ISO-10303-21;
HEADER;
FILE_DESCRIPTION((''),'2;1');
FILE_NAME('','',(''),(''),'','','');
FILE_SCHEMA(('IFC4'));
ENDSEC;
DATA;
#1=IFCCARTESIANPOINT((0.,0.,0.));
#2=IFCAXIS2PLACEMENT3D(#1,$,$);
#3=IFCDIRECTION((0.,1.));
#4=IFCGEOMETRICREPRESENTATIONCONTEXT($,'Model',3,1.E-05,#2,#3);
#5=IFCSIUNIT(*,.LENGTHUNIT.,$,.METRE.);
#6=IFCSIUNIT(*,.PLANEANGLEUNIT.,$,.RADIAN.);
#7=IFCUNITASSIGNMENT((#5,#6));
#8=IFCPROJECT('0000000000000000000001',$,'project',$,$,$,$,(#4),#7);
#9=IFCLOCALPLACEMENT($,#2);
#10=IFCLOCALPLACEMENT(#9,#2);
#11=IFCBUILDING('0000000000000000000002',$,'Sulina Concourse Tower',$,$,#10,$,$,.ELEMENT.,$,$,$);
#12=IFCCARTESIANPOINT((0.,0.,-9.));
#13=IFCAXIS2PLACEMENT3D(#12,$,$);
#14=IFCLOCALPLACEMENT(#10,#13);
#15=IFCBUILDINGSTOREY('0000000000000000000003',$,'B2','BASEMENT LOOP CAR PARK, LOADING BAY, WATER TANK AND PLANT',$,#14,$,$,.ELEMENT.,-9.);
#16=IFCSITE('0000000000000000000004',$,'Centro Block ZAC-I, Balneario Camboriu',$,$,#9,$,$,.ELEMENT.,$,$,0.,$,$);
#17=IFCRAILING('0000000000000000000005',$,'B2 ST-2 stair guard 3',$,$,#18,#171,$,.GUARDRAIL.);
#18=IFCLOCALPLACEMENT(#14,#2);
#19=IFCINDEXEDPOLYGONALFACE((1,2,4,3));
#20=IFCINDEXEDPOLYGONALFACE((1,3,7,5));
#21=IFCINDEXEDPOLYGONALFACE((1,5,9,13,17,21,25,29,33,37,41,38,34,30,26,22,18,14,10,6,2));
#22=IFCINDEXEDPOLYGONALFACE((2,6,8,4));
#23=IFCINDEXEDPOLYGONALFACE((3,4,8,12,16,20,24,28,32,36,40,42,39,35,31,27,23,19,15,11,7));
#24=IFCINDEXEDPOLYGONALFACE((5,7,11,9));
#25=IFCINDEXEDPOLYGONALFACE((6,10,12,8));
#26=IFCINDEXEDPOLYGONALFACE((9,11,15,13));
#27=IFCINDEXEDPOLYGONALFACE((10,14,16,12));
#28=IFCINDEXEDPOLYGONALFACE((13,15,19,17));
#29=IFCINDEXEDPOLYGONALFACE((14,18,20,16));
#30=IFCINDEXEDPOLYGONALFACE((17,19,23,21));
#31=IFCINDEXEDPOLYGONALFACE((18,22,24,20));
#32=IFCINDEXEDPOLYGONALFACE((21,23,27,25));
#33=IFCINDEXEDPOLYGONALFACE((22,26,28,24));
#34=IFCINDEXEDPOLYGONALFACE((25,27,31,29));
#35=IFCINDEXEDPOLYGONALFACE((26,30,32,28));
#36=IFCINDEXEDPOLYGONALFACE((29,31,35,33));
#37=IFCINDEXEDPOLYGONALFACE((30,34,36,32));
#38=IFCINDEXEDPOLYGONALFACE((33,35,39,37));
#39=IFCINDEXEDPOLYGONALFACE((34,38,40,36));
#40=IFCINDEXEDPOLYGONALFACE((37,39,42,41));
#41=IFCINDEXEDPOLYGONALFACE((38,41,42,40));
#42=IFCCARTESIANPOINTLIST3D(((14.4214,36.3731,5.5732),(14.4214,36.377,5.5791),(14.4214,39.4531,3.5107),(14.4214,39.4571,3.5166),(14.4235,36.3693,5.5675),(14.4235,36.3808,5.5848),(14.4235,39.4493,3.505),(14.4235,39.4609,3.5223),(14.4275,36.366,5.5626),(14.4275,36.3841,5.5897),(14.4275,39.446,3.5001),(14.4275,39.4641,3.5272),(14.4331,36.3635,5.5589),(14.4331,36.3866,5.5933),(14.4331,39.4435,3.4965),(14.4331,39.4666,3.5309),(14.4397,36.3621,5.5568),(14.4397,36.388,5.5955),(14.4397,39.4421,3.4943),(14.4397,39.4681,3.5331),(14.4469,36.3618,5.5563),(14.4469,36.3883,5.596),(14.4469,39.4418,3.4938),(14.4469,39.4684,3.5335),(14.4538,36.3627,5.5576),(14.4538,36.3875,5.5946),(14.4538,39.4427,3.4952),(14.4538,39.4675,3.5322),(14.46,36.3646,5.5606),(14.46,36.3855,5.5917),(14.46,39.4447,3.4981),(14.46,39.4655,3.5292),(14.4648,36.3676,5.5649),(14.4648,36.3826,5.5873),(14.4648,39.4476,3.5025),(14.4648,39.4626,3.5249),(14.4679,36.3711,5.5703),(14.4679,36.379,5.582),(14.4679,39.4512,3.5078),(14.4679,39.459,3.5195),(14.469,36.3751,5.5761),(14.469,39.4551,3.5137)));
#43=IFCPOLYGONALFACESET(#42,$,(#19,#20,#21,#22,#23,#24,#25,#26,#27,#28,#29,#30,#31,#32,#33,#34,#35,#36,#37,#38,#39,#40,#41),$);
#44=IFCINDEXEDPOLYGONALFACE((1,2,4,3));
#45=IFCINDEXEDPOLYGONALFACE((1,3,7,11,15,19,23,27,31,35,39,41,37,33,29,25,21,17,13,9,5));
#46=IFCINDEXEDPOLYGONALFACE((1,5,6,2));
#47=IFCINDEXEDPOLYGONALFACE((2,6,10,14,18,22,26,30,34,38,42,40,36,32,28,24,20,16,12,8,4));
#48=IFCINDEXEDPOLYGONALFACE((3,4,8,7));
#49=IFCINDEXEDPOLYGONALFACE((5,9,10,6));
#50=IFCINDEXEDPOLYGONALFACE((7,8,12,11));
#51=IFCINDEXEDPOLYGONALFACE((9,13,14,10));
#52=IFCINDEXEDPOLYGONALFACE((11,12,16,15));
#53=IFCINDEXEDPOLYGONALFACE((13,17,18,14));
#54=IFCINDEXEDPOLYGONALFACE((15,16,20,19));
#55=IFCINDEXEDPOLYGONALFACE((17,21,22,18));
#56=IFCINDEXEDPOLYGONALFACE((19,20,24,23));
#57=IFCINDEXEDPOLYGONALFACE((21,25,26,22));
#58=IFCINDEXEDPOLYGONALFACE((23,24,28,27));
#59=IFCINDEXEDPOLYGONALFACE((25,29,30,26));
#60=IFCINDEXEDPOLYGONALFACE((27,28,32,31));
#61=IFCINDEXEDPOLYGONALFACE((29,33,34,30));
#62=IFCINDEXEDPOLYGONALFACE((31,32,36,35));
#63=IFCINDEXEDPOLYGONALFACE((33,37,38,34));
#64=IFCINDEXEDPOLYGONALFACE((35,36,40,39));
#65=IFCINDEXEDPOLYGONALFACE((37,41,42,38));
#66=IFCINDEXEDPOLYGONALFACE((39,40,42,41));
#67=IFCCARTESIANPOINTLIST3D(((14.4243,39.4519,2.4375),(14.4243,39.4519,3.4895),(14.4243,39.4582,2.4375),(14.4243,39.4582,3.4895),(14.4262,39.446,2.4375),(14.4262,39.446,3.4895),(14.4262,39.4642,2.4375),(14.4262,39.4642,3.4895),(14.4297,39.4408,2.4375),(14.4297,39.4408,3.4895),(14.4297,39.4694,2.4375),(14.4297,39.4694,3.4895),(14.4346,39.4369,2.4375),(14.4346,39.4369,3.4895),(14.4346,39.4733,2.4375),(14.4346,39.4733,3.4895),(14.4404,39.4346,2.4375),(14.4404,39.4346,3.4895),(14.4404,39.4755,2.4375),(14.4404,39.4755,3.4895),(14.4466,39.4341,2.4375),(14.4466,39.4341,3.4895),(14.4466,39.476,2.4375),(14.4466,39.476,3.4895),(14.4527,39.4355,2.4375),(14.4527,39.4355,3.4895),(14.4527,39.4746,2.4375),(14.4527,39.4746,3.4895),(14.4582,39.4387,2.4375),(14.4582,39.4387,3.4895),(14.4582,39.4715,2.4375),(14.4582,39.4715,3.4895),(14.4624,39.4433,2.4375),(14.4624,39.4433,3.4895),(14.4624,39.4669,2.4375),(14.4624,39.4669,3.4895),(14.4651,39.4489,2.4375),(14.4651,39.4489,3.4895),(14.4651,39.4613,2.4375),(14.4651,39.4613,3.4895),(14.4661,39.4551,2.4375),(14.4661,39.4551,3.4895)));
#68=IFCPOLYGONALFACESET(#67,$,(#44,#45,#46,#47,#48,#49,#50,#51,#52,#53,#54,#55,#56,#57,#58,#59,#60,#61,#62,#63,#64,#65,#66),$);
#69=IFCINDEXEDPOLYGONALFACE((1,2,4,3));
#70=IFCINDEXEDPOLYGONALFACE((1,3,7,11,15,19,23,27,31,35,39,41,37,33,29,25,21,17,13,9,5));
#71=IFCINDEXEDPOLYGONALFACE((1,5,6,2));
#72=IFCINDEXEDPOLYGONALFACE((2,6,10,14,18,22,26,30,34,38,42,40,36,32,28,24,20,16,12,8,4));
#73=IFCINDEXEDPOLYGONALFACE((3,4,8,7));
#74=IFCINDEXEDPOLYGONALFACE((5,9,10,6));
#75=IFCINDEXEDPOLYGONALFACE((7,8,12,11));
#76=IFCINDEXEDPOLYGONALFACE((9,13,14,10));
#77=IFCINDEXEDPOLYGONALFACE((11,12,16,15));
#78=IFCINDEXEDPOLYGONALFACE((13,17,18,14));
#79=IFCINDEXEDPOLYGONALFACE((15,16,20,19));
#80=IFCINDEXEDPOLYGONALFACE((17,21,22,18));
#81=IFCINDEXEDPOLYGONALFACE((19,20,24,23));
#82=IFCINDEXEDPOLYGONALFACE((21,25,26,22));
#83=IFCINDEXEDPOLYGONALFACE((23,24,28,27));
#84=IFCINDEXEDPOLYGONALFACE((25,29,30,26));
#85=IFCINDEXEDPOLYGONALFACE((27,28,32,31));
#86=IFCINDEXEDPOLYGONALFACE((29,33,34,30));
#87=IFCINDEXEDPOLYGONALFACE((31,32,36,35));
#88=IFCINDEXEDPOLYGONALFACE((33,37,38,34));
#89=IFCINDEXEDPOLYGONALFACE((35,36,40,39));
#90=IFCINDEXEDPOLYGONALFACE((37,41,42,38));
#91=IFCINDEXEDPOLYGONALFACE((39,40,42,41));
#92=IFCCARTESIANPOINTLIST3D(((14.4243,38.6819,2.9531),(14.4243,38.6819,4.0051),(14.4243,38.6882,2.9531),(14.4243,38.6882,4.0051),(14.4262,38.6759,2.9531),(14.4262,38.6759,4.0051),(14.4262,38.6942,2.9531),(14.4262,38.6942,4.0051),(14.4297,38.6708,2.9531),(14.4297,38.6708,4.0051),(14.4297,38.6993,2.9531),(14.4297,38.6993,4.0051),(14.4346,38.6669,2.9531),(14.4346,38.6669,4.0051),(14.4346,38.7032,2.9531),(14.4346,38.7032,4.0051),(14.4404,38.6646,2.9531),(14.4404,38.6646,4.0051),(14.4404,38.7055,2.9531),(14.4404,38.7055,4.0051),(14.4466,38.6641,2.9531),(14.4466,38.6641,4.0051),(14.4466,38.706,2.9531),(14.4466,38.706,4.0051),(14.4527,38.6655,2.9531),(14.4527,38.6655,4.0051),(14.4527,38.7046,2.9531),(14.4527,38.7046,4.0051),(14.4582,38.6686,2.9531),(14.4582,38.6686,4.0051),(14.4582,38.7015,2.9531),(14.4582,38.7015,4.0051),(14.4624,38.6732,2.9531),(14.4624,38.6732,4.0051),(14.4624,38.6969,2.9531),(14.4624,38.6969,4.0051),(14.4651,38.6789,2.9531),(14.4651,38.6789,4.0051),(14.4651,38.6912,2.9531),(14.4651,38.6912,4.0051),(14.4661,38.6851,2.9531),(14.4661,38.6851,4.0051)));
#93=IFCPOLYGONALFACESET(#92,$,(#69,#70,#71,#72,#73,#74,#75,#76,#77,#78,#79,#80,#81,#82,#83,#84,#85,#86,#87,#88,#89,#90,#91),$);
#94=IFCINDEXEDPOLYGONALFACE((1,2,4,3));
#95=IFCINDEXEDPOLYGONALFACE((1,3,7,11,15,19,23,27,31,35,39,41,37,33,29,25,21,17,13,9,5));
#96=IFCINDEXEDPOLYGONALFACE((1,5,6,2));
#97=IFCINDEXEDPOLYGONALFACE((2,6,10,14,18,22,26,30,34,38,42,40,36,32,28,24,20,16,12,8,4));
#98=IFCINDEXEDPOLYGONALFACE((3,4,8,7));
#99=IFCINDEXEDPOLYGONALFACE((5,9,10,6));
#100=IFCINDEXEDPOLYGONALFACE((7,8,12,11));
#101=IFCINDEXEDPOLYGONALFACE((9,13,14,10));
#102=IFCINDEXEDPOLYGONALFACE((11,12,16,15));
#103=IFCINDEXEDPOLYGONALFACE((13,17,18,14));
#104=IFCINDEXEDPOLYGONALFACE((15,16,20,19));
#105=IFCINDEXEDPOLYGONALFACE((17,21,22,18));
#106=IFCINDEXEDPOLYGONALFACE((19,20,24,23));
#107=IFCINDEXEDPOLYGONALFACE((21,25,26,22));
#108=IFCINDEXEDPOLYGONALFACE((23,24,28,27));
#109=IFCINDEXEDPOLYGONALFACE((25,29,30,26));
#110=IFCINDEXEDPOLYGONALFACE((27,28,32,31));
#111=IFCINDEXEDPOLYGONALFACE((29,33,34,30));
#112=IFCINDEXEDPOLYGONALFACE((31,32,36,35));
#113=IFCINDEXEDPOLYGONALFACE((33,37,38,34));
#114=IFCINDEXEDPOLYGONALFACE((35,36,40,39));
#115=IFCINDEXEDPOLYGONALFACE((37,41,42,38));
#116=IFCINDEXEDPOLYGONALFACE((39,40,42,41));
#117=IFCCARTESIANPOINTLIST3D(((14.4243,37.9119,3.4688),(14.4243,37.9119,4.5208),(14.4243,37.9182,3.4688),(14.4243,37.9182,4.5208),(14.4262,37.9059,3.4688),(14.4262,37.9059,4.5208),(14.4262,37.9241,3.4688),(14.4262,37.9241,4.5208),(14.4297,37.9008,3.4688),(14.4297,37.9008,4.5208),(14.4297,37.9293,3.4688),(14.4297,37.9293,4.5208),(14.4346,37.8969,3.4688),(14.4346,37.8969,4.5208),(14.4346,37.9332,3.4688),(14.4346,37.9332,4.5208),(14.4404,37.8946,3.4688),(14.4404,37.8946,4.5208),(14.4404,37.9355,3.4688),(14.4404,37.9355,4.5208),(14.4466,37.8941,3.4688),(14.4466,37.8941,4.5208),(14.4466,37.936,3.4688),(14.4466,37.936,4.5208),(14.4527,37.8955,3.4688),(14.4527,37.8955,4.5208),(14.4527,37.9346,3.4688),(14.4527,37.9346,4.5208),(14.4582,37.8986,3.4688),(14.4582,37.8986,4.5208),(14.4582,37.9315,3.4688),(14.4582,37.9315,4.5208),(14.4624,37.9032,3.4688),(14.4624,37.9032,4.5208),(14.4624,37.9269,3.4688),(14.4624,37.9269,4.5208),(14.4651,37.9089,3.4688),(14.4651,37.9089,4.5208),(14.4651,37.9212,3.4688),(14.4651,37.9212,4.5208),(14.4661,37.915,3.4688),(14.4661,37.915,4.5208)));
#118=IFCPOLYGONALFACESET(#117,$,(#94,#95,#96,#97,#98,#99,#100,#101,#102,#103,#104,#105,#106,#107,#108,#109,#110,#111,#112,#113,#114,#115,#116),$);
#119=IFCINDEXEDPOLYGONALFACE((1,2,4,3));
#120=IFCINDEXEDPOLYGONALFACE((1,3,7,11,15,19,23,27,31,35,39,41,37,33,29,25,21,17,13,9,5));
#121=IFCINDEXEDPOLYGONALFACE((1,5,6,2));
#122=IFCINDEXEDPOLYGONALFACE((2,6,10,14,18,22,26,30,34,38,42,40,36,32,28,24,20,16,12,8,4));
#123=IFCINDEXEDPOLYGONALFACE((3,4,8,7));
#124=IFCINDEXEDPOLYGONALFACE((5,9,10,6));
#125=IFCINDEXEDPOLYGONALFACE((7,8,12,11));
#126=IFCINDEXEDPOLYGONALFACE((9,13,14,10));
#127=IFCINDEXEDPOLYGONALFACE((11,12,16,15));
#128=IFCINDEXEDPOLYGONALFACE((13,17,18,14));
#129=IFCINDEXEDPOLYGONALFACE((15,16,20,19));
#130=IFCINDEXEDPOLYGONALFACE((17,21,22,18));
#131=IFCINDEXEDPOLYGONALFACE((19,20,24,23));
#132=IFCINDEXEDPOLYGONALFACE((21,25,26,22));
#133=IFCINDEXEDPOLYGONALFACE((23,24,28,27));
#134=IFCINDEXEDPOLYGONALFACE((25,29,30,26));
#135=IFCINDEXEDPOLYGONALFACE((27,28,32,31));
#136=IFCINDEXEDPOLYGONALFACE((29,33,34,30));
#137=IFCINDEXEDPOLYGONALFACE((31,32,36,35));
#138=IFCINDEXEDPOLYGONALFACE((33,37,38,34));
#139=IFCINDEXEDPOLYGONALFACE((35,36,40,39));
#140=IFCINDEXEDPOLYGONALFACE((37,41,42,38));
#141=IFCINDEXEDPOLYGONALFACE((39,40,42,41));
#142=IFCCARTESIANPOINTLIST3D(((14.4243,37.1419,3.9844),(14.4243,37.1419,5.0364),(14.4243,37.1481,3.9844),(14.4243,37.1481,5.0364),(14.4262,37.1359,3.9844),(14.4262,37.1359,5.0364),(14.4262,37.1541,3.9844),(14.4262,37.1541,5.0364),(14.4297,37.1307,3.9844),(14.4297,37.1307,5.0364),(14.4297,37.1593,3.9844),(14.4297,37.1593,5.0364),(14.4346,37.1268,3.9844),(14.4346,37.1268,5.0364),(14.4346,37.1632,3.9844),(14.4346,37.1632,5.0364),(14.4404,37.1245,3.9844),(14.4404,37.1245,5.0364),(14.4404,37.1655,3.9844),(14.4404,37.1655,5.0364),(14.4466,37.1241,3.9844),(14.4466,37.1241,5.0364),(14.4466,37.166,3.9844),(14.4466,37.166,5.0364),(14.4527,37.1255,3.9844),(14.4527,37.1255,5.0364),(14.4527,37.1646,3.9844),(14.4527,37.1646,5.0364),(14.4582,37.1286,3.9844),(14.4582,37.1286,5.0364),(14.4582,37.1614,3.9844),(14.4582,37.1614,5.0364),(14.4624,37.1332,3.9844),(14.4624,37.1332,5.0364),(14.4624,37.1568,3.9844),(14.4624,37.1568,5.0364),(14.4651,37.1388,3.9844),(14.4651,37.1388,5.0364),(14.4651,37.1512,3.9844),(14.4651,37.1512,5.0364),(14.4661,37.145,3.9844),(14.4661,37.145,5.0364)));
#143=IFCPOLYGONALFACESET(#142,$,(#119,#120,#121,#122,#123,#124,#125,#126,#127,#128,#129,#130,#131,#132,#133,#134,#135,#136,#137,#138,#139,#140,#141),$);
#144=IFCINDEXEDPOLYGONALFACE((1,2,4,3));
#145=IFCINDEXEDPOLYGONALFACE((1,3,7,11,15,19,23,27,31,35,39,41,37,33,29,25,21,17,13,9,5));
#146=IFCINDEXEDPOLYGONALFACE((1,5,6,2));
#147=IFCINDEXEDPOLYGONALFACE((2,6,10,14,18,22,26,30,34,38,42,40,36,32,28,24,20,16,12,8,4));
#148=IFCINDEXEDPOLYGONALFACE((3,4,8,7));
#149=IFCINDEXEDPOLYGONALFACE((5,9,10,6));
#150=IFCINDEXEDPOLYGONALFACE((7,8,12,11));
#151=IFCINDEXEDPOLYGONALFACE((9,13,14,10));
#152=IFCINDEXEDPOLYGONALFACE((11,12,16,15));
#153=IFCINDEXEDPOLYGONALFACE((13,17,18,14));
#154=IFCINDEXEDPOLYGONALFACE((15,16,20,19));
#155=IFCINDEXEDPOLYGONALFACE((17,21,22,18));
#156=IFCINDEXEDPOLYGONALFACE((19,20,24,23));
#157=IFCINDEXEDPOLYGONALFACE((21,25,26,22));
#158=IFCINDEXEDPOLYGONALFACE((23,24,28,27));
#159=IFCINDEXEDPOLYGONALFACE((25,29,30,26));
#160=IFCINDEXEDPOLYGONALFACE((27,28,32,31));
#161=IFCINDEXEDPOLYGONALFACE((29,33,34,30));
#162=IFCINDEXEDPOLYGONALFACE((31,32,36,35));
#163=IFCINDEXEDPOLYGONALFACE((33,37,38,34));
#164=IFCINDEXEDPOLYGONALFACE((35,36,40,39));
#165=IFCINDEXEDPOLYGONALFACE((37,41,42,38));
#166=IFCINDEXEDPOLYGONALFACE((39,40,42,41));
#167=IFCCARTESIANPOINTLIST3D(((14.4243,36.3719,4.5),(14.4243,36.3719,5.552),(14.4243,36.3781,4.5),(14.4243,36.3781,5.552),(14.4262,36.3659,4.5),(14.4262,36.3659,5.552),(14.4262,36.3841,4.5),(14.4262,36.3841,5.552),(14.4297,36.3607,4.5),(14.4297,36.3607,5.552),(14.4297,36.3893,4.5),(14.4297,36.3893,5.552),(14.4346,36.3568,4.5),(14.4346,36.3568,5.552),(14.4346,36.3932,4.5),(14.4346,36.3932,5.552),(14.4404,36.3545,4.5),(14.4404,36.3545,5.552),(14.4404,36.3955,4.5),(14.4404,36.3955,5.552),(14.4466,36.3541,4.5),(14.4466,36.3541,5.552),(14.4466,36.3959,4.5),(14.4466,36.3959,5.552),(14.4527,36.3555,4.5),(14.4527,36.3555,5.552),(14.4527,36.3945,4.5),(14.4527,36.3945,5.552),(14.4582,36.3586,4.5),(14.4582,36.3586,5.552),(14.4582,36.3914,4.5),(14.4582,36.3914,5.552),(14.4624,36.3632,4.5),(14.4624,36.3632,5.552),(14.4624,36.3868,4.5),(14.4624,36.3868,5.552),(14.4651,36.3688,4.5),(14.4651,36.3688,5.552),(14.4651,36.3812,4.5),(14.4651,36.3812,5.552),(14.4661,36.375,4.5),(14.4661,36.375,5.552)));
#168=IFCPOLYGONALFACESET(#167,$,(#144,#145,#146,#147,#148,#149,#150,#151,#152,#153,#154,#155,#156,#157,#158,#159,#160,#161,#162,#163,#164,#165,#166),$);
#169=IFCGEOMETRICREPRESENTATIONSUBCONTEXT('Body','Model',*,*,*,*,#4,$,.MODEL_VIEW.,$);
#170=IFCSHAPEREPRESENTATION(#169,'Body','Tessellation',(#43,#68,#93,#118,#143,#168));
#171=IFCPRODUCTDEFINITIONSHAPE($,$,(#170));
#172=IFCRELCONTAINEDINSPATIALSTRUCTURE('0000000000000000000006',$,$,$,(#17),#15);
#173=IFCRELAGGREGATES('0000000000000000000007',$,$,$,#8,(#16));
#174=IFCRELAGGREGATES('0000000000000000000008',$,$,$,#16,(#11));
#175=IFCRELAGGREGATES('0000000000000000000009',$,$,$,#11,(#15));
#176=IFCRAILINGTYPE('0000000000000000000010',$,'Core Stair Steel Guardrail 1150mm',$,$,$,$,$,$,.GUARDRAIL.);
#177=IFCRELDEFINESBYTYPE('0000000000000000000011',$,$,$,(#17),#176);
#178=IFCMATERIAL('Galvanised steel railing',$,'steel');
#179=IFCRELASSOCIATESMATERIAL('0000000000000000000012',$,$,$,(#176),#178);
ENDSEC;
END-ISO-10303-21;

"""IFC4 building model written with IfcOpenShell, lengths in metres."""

from ifc_helpers import new_model, si_unit, direction, frame, origin, origin_2d, place, context, subcontext, project, spatial, circle, extrude, material, type_object, element, save


model = new_model("IFC4")

# Units and contexts
model_context = context("Model", 3, precision=1e-05, world=origin(), true_north=direction((0.0, 1.0)))
body_context = subcontext(model_context, "Body", "Model", "MODEL_VIEW")
ifc_project = project(units=[si_unit("LENGTHUNIT", "METRE"), si_unit("PLANEANGLEUNIT", "RADIAN")], contexts=[model_context])

# Site, building, storey
site_placement = place(None, origin())
site = spatial("IfcSite", under=ifc_project, at=site_placement, Name="Centro Block ZAC-I, Balneario Camboriu", CompositionType="ELEMENT", RefElevation=0.0)
building_placement = place(site_placement, origin())
building = spatial("IfcBuilding", under=site, at=building_placement, Name="Sulina Concourse Tower", CompositionType="ELEMENT")
storey_placement = place(building_placement, frame((0.0, 0.0, -9.0)))
storey = spatial("IfcBuildingStorey", under=building, at=storey_placement, Name="B2", Description="BASEMENT LOOP CAR PARK, LOADING BAY, WATER TANK AND PLANT", CompositionType="ELEMENT", Elevation=-9.0)

# Railing
ifc_material_1 = material(Name="Galvanised steel railing", Category="steel")
railing_type_1 = type_object("IfcRailingType", Name="Core Stair Steel Guardrail 1150mm", PredefinedType="GUARDRAIL", material=ifc_material_1)
railing_1_placement = place(storey_placement, frame((14.4451, 39.4551, 2.4375)))
element("IfcRailing", 1, at=railing_1_placement, inside=storey, type_object=railing_type_1, Name="B2 ST-2 stair guard 3", PredefinedType="GUARDRAIL", context=body_context, shape_type="SweptSolid", body=[
    extrude(circle(Radius=0.0239, at=origin_2d()), frame((0.0, 0.0, 1.0762), z_axis=(0.0, -0.830914, 0.556401), x_axis=(1.0, 0.0, 0.0)), (0.0, 0.0, 1.0), 3.7068),
    extrude(circle(Radius=0.021, at=origin_2d()), origin(), (0.0, 0.0, 1.0), 1.052),
    extrude(circle(Radius=0.021, at=origin_2d()), frame((0.0, -0.77, 0.5156)), (0.0, 0.0, 1.0), 1.052),
    extrude(circle(Radius=0.021, at=origin_2d()), frame((0.0, -1.54, 1.0312)), (0.0, 0.0, 1.0), 1.052),
    extrude(circle(Radius=0.021, at=origin_2d()), frame((0.0, -2.3101, 1.5469)), (0.0, 0.0, 1.0), 1.052),
    extrude(circle(Radius=0.021, at=origin_2d()), frame((0.0, -3.0801, 2.0625)), (0.0, 0.0, 1.0), 1.052),
])

save(model, "model.ifc")
